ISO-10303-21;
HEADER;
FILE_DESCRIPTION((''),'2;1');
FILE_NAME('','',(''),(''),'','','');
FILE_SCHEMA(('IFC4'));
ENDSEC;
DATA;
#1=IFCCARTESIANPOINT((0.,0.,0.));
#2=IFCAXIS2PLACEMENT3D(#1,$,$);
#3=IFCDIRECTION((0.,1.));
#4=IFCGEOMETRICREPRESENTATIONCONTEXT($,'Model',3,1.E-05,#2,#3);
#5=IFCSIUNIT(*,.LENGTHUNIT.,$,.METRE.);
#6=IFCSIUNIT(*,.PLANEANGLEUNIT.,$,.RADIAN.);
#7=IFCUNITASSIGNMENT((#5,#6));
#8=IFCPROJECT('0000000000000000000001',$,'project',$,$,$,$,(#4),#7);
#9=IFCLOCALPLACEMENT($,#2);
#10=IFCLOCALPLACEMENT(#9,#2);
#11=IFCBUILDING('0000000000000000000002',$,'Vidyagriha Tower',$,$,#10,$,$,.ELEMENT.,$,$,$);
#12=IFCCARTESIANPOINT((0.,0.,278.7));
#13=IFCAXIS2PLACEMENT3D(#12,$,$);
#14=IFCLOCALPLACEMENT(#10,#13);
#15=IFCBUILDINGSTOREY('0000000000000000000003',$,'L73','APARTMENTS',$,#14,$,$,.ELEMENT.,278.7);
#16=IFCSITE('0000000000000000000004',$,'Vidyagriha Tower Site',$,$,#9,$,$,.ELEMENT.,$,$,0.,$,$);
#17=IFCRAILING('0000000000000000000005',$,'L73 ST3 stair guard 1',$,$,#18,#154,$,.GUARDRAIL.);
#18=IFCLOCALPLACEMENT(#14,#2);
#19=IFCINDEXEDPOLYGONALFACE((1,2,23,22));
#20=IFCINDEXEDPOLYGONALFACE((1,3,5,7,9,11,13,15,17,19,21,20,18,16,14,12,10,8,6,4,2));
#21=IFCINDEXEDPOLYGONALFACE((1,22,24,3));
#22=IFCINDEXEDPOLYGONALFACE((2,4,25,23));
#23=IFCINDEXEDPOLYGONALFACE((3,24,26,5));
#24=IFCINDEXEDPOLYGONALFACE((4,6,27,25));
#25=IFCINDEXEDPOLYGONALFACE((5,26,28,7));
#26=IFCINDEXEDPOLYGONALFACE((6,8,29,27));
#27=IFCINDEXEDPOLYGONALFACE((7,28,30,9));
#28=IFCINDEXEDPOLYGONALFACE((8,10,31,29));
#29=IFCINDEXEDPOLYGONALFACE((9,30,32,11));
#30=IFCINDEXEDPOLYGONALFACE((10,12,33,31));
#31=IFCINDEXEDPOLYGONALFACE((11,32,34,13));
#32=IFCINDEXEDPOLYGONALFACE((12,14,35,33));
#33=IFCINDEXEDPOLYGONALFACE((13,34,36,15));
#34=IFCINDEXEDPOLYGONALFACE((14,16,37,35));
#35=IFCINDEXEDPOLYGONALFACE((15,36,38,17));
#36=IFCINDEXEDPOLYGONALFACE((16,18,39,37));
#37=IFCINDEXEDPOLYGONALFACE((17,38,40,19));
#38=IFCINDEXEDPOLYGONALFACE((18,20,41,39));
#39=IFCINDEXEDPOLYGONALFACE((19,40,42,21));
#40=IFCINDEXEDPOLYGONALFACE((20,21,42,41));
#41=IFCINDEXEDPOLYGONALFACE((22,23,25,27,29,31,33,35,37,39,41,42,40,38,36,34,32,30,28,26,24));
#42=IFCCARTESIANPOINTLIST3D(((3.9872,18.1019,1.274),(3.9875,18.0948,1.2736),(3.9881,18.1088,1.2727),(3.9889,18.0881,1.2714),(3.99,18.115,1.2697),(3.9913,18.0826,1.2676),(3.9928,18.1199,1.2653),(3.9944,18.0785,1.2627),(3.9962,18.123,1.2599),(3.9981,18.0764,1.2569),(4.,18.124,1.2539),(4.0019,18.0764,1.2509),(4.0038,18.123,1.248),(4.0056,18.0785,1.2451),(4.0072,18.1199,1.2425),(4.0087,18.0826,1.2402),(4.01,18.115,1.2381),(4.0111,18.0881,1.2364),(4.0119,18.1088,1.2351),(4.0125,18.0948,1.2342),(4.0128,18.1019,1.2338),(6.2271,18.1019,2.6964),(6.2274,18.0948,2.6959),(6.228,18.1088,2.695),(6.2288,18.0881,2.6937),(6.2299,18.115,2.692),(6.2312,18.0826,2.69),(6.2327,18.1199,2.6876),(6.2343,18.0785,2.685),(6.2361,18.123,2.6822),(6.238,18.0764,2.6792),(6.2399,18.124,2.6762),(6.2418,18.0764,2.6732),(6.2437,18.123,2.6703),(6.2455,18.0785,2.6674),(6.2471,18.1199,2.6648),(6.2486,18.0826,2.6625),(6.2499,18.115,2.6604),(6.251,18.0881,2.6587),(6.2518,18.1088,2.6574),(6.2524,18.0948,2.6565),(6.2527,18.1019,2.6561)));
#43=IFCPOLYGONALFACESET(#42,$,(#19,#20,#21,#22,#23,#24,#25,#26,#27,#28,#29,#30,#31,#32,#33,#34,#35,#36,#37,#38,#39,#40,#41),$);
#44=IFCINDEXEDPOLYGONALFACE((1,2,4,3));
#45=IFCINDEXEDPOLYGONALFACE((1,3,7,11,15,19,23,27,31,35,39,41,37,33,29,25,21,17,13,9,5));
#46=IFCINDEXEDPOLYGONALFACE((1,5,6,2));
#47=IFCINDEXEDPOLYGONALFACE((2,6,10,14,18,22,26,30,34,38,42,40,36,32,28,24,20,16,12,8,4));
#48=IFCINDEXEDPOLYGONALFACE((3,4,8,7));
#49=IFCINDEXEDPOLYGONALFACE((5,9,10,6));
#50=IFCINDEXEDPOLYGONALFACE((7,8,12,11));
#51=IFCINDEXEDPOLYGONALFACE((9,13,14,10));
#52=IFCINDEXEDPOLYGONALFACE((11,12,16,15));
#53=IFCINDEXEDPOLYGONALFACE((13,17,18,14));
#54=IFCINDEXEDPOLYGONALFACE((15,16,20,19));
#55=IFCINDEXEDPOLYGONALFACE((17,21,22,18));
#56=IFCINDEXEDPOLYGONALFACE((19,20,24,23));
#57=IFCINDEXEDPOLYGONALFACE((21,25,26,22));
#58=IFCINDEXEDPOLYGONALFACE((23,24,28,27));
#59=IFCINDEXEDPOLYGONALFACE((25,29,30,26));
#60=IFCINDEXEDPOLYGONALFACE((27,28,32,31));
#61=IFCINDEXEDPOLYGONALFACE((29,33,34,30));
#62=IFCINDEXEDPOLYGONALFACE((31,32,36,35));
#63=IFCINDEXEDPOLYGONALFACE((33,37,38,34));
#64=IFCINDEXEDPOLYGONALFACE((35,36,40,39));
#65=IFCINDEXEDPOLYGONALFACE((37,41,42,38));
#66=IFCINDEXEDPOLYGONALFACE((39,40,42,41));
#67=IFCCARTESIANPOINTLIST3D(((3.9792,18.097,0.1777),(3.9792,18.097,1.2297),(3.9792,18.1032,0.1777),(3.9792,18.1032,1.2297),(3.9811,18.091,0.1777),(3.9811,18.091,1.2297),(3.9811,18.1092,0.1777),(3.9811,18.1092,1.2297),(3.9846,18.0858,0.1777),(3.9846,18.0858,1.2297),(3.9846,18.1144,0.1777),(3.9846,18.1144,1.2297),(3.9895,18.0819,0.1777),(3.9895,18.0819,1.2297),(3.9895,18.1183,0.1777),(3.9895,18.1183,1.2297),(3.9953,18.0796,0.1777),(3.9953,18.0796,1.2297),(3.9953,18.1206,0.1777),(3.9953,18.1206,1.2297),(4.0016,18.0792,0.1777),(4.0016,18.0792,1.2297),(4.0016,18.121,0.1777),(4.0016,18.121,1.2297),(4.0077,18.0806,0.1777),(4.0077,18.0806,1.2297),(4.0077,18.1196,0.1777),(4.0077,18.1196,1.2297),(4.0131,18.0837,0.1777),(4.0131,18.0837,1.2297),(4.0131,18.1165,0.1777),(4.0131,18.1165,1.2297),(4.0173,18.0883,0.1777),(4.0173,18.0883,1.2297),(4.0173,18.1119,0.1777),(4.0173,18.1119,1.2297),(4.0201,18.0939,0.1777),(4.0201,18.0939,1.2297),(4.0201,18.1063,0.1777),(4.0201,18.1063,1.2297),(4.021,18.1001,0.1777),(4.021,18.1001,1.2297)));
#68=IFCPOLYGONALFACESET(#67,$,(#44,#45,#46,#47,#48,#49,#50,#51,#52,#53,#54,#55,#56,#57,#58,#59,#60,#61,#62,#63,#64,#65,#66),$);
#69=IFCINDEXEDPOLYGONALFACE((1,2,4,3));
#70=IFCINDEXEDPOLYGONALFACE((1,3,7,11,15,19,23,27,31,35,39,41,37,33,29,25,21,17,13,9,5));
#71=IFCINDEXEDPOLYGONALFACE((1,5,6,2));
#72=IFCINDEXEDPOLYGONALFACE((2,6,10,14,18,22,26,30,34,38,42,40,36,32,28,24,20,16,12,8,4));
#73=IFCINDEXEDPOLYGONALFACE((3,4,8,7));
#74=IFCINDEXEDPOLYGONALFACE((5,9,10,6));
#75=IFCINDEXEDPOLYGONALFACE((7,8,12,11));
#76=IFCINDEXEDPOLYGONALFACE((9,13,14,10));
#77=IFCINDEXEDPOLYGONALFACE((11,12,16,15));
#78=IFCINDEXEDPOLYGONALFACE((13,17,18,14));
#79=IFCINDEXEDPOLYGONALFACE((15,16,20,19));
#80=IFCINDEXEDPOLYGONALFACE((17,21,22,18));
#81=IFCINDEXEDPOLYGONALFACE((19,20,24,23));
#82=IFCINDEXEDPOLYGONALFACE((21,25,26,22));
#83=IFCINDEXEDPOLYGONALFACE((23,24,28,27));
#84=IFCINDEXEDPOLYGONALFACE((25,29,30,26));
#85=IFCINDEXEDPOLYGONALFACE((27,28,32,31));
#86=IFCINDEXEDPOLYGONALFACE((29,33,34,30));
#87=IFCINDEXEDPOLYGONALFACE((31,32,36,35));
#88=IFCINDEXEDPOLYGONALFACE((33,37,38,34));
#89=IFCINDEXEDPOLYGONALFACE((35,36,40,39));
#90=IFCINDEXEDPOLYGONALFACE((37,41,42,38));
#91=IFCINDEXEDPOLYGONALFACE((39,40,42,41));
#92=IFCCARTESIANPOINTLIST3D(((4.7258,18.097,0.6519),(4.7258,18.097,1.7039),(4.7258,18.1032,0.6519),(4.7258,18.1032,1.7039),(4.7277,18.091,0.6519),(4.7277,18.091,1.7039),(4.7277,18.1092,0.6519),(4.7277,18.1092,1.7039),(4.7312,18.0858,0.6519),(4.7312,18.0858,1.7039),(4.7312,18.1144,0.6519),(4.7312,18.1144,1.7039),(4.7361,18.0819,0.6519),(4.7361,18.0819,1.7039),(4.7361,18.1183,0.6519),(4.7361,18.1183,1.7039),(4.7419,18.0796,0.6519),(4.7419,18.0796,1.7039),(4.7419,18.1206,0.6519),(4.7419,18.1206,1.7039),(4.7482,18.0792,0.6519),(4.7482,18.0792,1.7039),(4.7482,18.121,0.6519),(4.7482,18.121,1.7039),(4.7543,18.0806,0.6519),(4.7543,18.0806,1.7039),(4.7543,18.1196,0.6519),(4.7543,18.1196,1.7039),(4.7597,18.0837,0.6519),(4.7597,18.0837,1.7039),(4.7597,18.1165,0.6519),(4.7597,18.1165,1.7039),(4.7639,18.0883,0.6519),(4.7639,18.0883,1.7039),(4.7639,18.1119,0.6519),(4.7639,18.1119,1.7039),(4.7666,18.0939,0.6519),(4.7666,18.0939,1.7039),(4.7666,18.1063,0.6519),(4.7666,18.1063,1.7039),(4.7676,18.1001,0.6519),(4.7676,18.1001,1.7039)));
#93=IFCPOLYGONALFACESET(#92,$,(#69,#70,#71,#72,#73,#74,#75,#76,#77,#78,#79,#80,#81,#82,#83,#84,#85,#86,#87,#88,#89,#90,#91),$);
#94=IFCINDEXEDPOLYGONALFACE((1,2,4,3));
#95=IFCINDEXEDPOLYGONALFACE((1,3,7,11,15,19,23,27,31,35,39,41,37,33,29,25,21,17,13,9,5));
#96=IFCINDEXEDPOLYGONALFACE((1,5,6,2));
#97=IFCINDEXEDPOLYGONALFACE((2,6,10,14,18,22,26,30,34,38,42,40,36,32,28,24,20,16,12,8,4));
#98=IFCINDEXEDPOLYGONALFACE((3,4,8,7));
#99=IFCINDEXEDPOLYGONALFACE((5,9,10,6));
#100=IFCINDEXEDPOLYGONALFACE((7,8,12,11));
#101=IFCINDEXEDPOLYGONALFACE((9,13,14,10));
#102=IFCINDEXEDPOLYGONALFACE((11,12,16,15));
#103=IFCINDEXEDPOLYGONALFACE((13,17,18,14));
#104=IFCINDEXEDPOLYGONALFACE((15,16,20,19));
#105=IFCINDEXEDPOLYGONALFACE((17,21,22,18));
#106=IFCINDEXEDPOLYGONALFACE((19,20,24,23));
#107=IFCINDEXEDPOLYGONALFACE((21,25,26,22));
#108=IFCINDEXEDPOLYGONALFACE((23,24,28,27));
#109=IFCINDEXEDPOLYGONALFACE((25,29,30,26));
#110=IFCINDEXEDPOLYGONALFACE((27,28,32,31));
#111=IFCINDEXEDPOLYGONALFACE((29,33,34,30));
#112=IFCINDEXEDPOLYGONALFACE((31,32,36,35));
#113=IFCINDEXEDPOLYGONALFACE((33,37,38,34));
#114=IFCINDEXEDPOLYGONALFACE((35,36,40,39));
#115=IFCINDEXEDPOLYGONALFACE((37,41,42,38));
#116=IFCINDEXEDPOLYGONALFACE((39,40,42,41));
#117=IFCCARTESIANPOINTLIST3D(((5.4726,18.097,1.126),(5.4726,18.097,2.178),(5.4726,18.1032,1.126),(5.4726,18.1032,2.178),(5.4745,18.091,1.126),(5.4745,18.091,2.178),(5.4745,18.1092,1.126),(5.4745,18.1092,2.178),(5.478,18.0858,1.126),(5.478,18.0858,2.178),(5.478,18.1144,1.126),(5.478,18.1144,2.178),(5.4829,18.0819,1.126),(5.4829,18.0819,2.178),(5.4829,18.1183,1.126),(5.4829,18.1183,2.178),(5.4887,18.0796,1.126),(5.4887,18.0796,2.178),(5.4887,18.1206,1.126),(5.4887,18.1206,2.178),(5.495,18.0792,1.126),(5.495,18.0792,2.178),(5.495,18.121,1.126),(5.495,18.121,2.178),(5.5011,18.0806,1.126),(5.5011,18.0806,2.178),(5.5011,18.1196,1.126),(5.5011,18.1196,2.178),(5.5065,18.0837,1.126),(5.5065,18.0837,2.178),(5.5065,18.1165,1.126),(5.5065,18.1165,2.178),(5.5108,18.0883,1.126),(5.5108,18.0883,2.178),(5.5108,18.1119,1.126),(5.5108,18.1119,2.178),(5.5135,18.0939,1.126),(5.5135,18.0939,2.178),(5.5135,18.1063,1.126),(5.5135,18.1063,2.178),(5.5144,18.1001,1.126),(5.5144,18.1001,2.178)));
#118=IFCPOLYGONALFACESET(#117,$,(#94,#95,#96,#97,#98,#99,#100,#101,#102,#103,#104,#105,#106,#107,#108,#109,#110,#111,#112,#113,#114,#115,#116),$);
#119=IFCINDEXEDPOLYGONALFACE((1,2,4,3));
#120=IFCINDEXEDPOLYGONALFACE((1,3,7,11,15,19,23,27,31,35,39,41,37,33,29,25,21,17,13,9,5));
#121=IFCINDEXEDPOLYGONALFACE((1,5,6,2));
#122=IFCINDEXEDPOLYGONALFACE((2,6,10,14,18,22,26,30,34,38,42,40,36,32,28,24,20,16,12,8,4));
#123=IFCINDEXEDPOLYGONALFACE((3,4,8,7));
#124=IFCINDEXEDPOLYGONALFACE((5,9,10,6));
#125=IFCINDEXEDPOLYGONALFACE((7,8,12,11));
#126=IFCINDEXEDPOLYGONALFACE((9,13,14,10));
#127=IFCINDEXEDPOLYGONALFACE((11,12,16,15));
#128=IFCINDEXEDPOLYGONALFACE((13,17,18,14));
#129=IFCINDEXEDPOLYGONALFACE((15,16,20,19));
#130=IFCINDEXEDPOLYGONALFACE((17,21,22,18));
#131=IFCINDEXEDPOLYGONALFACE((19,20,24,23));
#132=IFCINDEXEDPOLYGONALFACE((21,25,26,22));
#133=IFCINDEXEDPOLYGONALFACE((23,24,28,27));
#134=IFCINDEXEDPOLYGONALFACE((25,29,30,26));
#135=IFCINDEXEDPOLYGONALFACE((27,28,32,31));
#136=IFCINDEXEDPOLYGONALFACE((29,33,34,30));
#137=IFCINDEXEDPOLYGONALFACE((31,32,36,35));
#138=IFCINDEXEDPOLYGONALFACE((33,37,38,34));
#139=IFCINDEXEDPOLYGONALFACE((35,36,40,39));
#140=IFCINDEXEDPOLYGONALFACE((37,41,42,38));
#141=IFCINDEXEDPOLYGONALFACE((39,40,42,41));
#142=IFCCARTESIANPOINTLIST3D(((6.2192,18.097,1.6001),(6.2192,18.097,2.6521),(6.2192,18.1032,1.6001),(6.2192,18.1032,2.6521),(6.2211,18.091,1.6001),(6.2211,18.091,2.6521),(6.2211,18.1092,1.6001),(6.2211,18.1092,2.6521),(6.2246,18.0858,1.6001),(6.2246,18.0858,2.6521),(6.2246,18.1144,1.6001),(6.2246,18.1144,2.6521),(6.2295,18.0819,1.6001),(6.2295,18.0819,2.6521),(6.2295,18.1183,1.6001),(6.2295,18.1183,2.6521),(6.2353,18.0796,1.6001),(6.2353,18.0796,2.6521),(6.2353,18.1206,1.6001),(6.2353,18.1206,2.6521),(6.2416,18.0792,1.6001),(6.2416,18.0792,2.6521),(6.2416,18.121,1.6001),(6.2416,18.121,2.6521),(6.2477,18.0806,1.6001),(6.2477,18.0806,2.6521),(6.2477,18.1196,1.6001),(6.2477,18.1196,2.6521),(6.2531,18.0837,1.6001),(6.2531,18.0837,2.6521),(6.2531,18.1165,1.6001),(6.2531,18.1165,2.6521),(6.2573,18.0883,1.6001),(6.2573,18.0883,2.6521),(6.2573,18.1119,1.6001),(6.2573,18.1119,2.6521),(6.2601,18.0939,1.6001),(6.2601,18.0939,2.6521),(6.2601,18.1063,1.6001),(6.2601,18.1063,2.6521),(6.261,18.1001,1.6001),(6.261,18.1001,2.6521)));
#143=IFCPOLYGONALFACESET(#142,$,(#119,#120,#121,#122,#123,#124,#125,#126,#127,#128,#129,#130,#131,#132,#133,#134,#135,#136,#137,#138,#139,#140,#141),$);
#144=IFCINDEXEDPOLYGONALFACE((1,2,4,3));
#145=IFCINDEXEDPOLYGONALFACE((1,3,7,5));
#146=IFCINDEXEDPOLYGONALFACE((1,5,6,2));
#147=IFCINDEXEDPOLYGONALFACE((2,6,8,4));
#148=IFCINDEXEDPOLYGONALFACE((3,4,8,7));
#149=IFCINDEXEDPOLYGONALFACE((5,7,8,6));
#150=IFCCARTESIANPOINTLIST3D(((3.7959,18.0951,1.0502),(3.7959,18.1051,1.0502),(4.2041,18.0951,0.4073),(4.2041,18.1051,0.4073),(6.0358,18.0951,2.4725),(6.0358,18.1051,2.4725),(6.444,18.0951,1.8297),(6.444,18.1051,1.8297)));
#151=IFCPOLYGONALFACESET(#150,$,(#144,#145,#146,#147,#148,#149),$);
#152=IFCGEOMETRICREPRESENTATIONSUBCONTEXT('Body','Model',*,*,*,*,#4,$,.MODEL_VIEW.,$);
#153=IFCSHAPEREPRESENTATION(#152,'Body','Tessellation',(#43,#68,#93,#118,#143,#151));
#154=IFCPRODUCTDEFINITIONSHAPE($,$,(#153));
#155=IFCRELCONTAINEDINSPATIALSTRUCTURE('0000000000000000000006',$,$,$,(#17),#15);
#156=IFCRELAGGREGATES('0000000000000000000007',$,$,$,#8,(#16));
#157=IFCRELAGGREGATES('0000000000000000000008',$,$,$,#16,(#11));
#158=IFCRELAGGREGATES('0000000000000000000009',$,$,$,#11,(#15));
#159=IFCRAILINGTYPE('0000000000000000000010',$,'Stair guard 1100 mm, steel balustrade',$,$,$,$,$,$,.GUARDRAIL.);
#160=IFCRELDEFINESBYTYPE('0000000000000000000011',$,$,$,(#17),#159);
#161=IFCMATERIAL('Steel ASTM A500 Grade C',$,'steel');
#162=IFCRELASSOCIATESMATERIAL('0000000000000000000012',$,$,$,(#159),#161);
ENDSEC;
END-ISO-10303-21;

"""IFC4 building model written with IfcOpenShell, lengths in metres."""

from ifc_helpers import new_model, si_unit, direction, frame, origin, origin_2d, place, context, subcontext, project, spatial, rectangle, circle, extrude, material, type_object, element, save


model = new_model("IFC4")

# Units and contexts
model_context = context("Model", 3, precision=1e-05, world=origin(), true_north=direction((0.0, 1.0)))
body_context = subcontext(model_context, "Body", "Model", "MODEL_VIEW")
ifc_project = project(units=[si_unit("LENGTHUNIT", "METRE"), si_unit("PLANEANGLEUNIT", "RADIAN")], contexts=[model_context])

# Site, building, storey
site_placement = place(None, origin())
site = spatial("IfcSite", under=ifc_project, at=site_placement, Name="Vidyagriha Tower Site", CompositionType="ELEMENT", RefElevation=0.0)
building_placement = place(site_placement, origin())
building = spatial("IfcBuilding", under=site, at=building_placement, Name="Vidyagriha Tower", CompositionType="ELEMENT")
storey_placement = place(building_placement, frame((0.0, 0.0, 278.7)))
storey = spatial("IfcBuildingStorey", under=building, at=storey_placement, Name="L73", Description="APARTMENTS", CompositionType="ELEMENT", Elevation=278.7)

# Railing
ifc_material_1 = material(Name="Steel ASTM A500 Grade C", Category="steel")
railing_type_1 = type_object("IfcRailingType", Name="Stair guard 1100 mm, steel balustrade", PredefinedType="GUARDRAIL", material=ifc_material_1)
railing_1_placement = place(storey_placement, frame((4.0, 18.1001, 0.1777)))
element("IfcRailing", 1, at=railing_1_placement, inside=storey, type_object=railing_type_1, Name="L73 ST3 stair guard 1", PredefinedType="GUARDRAIL", context=body_context, shape_type="SweptSolid", body=[
    extrude(circle(Radius=0.0239, at=origin_2d()), frame((0.0, 0.0, 1.0762), z_axis=(0.844188, 0.0, 0.536048), x_axis=(0.0, 1.0, 0.0)), (0.0, 0.0, 1.0), 2.6533),
    extrude(circle(Radius=0.021, at=origin_2d()), origin(), (0.0, 0.0, 1.0), 1.052),
    extrude(circle(Radius=0.021, at=origin_2d()), frame((0.7466, 0.0, 0.4741)), (0.0, 0.0, 1.0), 1.052),
    extrude(circle(Radius=0.021, at=origin_2d()), frame((1.4934, 0.0, 0.9482)), (0.0, 0.0, 1.0), 1.052),
    extrude(circle(Radius=0.021, at=origin_2d()), frame((2.24, 0.0, 1.4224)), (0.0, 0.0, 1.0), 1.052),
    extrude(rectangle(XDim=0.01, YDim=0.7615, at=origin_2d()), frame((0.0, 0.0, 0.551), z_axis=(0.844188, 0.0, 0.536048), x_axis=(0.0, 1.0, 0.0)), (0.0, 0.0, 1.0), 2.6533),
])

save(model, "model.ifc")
